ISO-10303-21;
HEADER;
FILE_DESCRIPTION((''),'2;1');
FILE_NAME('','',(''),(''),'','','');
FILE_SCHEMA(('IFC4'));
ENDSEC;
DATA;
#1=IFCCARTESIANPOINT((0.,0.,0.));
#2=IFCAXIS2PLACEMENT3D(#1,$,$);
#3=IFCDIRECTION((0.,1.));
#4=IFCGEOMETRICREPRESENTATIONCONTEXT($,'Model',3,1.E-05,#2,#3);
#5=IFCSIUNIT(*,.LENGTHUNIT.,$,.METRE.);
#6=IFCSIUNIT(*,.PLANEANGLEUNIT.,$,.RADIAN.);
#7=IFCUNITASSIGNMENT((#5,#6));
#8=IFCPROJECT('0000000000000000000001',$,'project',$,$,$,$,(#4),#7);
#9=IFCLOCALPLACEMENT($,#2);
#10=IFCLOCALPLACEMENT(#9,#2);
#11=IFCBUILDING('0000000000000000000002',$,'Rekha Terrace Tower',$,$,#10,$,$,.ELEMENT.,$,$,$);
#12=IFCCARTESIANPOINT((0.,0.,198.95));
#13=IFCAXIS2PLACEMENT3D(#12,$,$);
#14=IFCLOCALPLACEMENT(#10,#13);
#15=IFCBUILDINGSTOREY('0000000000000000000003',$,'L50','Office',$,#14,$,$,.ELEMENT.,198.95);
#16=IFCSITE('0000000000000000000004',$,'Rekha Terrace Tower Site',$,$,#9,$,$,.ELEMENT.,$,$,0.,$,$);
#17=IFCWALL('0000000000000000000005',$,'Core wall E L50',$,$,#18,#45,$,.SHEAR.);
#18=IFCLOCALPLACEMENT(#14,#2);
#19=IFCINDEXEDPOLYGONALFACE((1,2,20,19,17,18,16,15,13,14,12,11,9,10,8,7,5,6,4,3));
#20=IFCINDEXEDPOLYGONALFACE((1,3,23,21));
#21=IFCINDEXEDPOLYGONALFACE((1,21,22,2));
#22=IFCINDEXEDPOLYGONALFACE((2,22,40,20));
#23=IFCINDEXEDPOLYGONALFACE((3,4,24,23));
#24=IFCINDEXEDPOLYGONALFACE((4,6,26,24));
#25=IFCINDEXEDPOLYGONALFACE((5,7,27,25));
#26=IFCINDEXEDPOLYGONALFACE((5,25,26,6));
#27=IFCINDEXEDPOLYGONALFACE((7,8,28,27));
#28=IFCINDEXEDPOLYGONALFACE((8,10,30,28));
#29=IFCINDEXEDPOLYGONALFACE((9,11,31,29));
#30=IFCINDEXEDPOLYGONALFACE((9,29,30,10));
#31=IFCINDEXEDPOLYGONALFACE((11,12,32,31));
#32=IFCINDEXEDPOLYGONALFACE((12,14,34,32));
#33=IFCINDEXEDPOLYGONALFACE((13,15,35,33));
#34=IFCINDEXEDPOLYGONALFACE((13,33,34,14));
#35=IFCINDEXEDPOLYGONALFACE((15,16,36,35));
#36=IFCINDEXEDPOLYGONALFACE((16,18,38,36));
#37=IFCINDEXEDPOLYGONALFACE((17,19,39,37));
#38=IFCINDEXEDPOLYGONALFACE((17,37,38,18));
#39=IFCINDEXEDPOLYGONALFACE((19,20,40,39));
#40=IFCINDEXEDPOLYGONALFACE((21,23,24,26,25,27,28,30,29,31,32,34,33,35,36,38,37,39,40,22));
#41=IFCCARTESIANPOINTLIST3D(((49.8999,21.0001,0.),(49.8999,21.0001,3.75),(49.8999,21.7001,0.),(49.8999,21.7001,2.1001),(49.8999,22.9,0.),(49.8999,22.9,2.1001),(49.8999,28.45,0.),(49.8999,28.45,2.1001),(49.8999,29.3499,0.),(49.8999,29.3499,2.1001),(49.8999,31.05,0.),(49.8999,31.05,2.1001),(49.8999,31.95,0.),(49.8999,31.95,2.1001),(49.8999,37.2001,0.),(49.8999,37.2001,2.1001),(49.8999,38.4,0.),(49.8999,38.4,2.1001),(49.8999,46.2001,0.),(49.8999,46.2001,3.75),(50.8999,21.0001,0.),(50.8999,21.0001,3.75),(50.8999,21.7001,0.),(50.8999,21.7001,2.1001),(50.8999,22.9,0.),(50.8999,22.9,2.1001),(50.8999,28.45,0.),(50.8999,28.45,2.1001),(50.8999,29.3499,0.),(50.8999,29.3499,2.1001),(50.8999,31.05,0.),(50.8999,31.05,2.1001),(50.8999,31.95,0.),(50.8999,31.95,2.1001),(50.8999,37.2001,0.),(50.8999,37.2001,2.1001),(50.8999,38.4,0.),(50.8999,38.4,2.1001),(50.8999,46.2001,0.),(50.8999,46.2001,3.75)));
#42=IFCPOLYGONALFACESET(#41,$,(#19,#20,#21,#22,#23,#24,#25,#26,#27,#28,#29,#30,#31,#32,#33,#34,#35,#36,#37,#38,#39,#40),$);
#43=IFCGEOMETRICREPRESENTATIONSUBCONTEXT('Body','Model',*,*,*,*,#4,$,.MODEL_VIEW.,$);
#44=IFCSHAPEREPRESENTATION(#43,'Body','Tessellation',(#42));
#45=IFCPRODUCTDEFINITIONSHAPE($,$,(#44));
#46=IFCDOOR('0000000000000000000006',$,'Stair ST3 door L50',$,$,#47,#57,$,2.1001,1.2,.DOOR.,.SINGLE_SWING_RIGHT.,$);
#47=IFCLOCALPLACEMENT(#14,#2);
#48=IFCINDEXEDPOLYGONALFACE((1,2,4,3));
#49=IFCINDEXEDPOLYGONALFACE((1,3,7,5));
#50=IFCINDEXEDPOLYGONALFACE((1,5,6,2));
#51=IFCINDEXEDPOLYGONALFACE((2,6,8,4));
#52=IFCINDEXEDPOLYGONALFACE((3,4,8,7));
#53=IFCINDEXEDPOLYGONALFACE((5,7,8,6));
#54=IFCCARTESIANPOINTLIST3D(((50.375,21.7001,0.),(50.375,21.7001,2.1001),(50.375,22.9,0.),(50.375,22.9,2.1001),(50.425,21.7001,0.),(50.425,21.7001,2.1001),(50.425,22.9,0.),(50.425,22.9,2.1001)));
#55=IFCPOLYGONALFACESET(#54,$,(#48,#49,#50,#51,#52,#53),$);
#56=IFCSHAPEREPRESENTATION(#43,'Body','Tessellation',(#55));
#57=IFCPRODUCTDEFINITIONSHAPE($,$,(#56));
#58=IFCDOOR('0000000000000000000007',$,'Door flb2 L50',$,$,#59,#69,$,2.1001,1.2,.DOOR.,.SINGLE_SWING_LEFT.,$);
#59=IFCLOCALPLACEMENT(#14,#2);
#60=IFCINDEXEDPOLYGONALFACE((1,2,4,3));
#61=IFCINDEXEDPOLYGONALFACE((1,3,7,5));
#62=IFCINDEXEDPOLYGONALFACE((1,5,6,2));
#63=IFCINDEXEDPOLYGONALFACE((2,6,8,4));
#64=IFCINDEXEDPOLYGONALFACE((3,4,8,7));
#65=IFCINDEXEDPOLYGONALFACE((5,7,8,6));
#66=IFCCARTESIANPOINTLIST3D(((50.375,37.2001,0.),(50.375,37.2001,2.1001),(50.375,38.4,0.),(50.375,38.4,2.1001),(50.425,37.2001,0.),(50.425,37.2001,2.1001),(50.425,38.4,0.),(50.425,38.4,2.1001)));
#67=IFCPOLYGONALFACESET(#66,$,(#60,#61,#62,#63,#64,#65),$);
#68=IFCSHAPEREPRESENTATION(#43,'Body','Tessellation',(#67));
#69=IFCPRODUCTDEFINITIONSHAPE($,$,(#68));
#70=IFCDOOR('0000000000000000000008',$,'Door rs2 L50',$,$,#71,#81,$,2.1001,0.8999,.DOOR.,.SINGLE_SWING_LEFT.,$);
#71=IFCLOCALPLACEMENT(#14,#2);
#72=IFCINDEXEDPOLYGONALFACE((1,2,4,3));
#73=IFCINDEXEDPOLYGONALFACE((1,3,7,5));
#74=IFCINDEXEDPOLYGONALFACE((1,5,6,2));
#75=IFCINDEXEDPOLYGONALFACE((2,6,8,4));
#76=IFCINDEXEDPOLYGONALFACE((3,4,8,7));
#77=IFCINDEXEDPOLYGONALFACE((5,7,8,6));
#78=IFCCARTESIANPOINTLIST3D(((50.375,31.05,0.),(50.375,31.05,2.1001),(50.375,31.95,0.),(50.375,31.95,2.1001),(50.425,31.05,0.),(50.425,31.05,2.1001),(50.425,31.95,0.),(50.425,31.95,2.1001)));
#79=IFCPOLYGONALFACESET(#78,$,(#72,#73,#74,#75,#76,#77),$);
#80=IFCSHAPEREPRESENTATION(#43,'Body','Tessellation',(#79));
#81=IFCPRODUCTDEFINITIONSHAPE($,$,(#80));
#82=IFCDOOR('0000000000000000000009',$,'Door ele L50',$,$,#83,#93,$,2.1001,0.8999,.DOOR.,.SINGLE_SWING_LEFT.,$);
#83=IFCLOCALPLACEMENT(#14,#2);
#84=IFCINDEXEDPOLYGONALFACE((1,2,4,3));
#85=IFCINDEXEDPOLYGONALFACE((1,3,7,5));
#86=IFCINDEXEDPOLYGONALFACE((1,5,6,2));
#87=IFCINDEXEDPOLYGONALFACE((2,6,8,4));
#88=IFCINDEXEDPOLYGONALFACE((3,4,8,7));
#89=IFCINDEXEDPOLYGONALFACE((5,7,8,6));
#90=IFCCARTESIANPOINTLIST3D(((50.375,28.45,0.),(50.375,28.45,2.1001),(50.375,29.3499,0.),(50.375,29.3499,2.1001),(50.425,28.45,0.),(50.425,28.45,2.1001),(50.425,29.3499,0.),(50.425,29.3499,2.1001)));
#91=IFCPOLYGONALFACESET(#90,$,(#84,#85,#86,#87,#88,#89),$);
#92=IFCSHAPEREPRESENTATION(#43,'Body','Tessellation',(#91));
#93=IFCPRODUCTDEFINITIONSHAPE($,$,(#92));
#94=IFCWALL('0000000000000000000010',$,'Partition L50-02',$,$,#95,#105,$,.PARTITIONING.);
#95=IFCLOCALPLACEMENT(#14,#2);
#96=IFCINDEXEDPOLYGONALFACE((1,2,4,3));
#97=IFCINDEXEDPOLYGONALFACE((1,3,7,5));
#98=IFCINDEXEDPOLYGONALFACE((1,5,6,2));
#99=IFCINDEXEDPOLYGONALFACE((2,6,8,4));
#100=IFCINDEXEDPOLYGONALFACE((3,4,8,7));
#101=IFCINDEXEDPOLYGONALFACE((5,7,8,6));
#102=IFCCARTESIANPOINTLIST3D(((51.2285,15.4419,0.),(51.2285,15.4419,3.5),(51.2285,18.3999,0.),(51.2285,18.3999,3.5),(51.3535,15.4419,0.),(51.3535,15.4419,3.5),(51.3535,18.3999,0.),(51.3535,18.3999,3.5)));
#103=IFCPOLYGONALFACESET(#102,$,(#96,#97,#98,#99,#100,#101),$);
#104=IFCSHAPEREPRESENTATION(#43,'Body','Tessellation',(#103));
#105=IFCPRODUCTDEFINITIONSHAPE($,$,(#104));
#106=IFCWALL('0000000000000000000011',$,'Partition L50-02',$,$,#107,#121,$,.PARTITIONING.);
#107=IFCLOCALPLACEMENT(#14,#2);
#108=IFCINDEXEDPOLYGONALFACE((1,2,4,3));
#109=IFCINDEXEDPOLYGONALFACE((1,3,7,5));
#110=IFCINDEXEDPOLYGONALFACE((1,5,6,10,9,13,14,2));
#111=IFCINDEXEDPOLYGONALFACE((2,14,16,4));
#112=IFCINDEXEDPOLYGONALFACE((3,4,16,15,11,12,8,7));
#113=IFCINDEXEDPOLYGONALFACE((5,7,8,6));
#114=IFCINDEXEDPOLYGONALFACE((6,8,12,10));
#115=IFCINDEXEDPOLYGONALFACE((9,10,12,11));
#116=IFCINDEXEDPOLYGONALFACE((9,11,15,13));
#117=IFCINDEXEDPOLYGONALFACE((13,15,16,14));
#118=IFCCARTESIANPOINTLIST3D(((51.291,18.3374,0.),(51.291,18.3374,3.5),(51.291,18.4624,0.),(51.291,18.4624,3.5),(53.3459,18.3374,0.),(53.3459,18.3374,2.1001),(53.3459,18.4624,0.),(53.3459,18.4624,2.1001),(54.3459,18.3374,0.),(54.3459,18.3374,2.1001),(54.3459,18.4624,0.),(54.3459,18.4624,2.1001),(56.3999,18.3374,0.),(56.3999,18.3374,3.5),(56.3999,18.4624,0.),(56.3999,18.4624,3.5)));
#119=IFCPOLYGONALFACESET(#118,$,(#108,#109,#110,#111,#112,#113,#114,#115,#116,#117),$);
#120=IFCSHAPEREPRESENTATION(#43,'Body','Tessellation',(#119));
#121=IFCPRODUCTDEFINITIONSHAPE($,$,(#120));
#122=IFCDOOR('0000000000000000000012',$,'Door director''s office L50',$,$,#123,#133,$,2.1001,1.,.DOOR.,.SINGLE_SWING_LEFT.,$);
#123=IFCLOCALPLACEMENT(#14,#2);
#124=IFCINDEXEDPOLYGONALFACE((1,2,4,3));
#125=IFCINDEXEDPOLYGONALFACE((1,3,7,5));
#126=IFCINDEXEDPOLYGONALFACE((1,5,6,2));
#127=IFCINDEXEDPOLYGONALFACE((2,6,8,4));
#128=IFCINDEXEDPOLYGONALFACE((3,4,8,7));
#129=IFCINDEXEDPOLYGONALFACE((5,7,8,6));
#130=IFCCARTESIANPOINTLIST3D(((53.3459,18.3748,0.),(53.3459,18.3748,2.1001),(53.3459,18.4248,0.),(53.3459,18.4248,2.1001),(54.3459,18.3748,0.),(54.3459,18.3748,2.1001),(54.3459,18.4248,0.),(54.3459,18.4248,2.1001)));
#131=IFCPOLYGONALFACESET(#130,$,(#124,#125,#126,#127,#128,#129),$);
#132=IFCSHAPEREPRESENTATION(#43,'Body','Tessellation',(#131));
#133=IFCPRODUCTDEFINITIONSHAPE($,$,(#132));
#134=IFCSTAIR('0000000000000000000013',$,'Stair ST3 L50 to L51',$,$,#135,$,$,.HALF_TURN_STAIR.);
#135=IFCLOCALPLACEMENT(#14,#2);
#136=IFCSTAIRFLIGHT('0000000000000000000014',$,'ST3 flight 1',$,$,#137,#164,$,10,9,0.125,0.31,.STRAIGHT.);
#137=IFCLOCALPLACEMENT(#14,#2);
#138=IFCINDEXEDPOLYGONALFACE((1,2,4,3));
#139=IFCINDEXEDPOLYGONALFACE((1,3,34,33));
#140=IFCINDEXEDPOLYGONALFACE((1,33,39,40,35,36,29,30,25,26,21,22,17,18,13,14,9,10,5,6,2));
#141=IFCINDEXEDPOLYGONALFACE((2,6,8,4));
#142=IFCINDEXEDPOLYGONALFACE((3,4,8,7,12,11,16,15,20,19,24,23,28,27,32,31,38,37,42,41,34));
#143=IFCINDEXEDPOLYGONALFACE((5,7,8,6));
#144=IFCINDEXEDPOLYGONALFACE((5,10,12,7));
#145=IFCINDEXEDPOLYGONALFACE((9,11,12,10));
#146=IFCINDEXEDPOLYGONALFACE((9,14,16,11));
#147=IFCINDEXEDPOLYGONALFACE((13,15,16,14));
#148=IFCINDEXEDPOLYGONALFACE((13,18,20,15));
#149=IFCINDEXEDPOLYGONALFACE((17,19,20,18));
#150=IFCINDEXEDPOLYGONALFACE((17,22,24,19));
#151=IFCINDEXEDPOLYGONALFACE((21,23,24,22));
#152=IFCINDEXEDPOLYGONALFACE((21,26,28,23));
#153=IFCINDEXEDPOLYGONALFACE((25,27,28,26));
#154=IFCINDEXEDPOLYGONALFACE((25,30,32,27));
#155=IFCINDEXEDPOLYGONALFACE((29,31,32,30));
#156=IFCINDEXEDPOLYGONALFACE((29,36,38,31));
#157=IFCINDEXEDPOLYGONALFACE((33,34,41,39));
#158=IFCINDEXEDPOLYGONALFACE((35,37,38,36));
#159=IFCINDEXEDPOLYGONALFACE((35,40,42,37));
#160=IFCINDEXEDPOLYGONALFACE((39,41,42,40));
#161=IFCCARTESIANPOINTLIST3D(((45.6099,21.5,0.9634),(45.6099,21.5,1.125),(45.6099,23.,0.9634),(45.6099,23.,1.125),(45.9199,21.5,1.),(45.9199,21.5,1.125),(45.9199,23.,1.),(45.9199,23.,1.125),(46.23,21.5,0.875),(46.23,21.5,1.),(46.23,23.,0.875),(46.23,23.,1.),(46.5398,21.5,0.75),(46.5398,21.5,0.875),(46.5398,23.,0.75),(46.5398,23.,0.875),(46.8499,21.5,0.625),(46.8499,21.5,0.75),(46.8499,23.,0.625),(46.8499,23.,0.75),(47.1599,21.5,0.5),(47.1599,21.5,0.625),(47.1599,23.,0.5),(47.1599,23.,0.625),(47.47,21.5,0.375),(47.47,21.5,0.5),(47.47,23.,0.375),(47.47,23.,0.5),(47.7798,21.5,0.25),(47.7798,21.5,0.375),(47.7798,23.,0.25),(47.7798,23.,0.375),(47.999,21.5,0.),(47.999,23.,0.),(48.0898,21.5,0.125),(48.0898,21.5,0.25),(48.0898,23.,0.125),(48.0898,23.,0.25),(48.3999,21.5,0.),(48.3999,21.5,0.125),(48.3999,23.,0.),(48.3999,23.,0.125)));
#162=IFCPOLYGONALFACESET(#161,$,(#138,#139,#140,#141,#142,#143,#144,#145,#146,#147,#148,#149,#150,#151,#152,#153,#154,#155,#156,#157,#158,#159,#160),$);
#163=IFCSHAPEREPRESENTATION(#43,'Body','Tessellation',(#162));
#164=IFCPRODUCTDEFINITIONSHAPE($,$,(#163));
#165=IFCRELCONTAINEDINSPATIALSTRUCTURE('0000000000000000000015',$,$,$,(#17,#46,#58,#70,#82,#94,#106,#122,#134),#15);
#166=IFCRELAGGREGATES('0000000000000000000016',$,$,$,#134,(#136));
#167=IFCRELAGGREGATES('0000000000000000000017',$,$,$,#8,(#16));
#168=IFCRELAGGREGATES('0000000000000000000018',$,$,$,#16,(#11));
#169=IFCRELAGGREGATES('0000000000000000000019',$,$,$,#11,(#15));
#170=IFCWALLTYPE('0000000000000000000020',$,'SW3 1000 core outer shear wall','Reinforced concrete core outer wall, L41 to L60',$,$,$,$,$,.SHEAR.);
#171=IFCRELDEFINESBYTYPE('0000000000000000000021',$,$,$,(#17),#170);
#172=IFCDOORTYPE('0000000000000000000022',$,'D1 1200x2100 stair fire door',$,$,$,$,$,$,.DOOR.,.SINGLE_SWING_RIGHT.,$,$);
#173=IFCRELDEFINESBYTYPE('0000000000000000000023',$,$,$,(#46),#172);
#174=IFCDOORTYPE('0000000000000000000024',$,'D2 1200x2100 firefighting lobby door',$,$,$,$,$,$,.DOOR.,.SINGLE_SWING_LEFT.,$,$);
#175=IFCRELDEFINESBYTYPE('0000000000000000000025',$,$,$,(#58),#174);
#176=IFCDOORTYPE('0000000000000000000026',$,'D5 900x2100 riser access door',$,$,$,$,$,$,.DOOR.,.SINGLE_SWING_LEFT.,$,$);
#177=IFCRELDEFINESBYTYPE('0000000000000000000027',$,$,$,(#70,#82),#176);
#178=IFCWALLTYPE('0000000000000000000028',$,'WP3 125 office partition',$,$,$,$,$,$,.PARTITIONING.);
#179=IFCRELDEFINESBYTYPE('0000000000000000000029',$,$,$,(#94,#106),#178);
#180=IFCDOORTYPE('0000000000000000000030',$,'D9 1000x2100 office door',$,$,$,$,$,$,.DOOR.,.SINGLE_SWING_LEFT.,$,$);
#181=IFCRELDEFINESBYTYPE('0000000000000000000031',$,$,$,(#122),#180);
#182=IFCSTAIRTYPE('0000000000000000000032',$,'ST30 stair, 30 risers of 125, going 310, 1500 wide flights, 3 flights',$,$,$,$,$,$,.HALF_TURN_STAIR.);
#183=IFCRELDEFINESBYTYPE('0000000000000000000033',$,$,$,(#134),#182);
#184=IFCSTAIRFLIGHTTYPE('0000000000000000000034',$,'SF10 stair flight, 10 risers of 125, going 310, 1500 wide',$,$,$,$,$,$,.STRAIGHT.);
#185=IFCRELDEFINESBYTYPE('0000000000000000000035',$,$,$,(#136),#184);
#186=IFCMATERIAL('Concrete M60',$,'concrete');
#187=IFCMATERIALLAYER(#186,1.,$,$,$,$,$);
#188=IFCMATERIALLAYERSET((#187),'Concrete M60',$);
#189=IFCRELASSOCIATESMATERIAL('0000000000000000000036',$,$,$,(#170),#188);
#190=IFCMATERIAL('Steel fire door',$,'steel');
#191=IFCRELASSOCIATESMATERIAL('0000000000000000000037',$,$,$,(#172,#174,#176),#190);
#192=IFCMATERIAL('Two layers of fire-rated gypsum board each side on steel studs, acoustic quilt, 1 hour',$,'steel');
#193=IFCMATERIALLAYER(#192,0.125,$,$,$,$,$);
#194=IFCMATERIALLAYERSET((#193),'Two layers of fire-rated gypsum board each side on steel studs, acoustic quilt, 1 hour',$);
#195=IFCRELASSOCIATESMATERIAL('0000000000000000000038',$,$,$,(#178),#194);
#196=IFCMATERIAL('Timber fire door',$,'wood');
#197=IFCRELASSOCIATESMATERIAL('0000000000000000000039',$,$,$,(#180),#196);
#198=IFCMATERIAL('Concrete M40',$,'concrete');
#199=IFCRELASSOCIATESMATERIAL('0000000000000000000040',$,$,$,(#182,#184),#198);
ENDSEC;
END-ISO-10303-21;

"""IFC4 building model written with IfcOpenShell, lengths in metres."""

from ifc_helpers import new_model, si_unit, direction, frame, frame_2d, origin, place, context, subcontext, project, spatial, polyline, rectangle, outline, extrude, material, layer, layer_set, type_object, element, fill, aggregate, save


model = new_model("IFC4")

# Units and contexts
model_context = context("Model", 3, precision=1e-05, world=origin(), true_north=direction((0.0, 1.0)))
body_context = subcontext(model_context, "Body", "Model", "MODEL_VIEW")
ifc_project = project(units=[si_unit("LENGTHUNIT", "METRE"), si_unit("PLANEANGLEUNIT", "RADIAN")], contexts=[model_context])

# Site, building, storey
site_placement = place(None, origin())
site = spatial("IfcSite", under=ifc_project, at=site_placement, Name="Rekha Terrace Tower Site", CompositionType="ELEMENT", RefElevation=0.0)
building_placement = place(site_placement, origin())
building = spatial("IfcBuilding", under=site, at=building_placement, Name="Rekha Terrace Tower", CompositionType="ELEMENT")
storey_placement = place(building_placement, frame((0.0, 0.0, 198.95)))
storey = spatial("IfcBuildingStorey", under=building, at=storey_placement, Name="L50", Description="Office", CompositionType="ELEMENT", Elevation=198.95)

# Shared definitions
ifc_material_1 = material(Name="Concrete M60", Category="concrete")

# Wall, openings, doors
ifc_layer_1 = layer(ifc_material_1, 1.0)
ifc_layer_set_1 = layer_set([ifc_layer_1], Name="Concrete M60")
wall_type_1 = type_object("IfcWallType", Name="SW3 1000 core outer shear wall", Description="Reinforced concrete core outer wall, L41 to L60", PredefinedType="SHEAR", material=ifc_layer_set_1)
wall_1_placement = place(storey_placement, frame((50.3999, 21.0, 0.0), z_axis=(0.0, 0.0, 1.0), x_axis=(0.0, 1.0, 0.0)))
wall_1 = element("IfcWall", 1, at=wall_1_placement, inside=storey, type_object=wall_type_1, Name="Core wall E L50", PredefinedType="SHEAR", context=body_context, shape_type="SweptSolid", body=[
    extrude(rectangle(XDim=25.2, YDim=1.0, at=frame_2d((12.6001, 0.0))), origin(), (0.0, 0.0, 1.0), 3.75),
])
opening_1_placement = place(wall_1_placement, frame((16.2, 0.0, 0.0)))
opening_1 = element("IfcOpeningElement", 2, at=opening_1_placement, cuts=wall_1, PredefinedType="OPENING", context=body_context, shape_type="SweptSolid", body=[
    extrude(rectangle(XDim=1.2, YDim=2.1001, at=frame_2d((0.6001, 1.05))), frame((0.0, 0.51, 0.0), z_axis=(0.0, -1.0, 0.0), x_axis=(1.0, 0.0, 0.0)), (0.0, 0.0, 1.0), 1.02),
])
opening_2_placement = place(wall_1_placement, frame((10.05, 0.0, 0.0)))
opening_2 = element("IfcOpeningElement", 3, at=opening_2_placement, cuts=wall_1, PredefinedType="OPENING", context=body_context, shape_type="SweptSolid", body=[
    extrude(rectangle(XDim=0.8999, YDim=2.1001, at=frame_2d((0.45, 1.05))), frame((0.0, 0.51, 0.0), z_axis=(0.0, -1.0, 0.0), x_axis=(1.0, 0.0, 0.0)), (0.0, 0.0, 1.0), 1.02),
])
opening_3_placement = place(wall_1_placement, frame((7.45, 0.0, 0.0)))
opening_3 = element("IfcOpeningElement", 4, at=opening_3_placement, cuts=wall_1, PredefinedType="OPENING", context=body_context, shape_type="SweptSolid", body=[
    extrude(rectangle(XDim=0.8999, YDim=2.1001, at=frame_2d((0.45, 1.05))), frame((0.0, 0.51, 0.0), z_axis=(0.0, -1.0, 0.0), x_axis=(1.0, 0.0, 0.0)), (0.0, 0.0, 1.0), 1.02),
])
opening_4_placement = place(wall_1_placement, frame((0.7, 0.0, 0.0)))
opening_4 = element("IfcOpeningElement", 5, at=opening_4_placement, cuts=wall_1, PredefinedType="OPENING", context=body_context, shape_type="SweptSolid", body=[
    extrude(rectangle(XDim=1.2, YDim=2.1001, at=frame_2d((0.6001, 1.05))), frame((0.0, 0.51, 0.0), z_axis=(0.0, -1.0, 0.0), x_axis=(1.0, 0.0, 0.0)), (0.0, 0.0, 1.0), 1.02),
])
ifc_material_2 = material(Name="Steel fire door", Category="steel")
door_type_1 = type_object("IfcDoorType", Name="D1 1200x2100 stair fire door", OperationType="SINGLE_SWING_RIGHT", PredefinedType="DOOR", material=ifc_material_2)
door_1_placement = place(opening_4_placement, origin())
door_1 = element("IfcDoor", 6, at=door_1_placement, inside=storey, type_object=door_type_1, Name="Stair ST3 door L50", OperationType="SINGLE_SWING_RIGHT", OverallHeight=2.1001, OverallWidth=1.2, PredefinedType="DOOR", context=body_context, shape_type="SweptSolid", body=[
    extrude(rectangle(XDim=1.2, YDim=2.1001, at=frame_2d((0.6001, 1.05))), frame((0.0, 0.0249, 0.0), z_axis=(0.0, -1.0, 0.0), x_axis=(1.0, 0.0, 0.0)), (0.0, 0.0, 1.0), 0.05),
])
fill(opening_4, door_1)
door_type_2 = type_object("IfcDoorType", Name="D2 1200x2100 firefighting lobby door", OperationType="SINGLE_SWING_LEFT", PredefinedType="DOOR", material=ifc_material_2)
door_2_placement = place(opening_1_placement, origin())
door_2 = element("IfcDoor", 7, at=door_2_placement, inside=storey, type_object=door_type_2, Name="Door flb2 L50", OperationType="SINGLE_SWING_LEFT", OverallHeight=2.1001, OverallWidth=1.2, PredefinedType="DOOR", context=body_context, shape_type="SweptSolid", body=[
    extrude(rectangle(XDim=1.2, YDim=2.1001, at=frame_2d((0.6001, 1.05))), frame((0.0, 0.0249, 0.0), z_axis=(0.0, -1.0, 0.0), x_axis=(1.0, 0.0, 0.0)), (0.0, 0.0, 1.0), 0.05),
])
fill(opening_1, door_2)
door_type_3 = type_object("IfcDoorType", Name="D5 900x2100 riser access door", OperationType="SINGLE_SWING_LEFT", PredefinedType="DOOR", material=ifc_material_2)
door_3_placement = place(opening_2_placement, origin())
door_3 = element("IfcDoor", 8, at=door_3_placement, inside=storey, type_object=door_type_3, Name="Door rs2 L50", OperationType="SINGLE_SWING_LEFT", OverallHeight=2.1001, OverallWidth=0.8999, PredefinedType="DOOR", context=body_context, shape_type="SweptSolid", body=[
    extrude(rectangle(XDim=0.8999, YDim=2.1001, at=frame_2d((0.45, 1.05))), frame((0.0, 0.0249, 0.0), z_axis=(0.0, -1.0, 0.0), x_axis=(1.0, 0.0, 0.0)), (0.0, 0.0, 1.0), 0.05),
])
fill(opening_2, door_3)
door_4_placement = place(opening_3_placement, origin())
door_4 = element("IfcDoor", 9, at=door_4_placement, inside=storey, type_object=door_type_3, Name="Door ele L50", OperationType="SINGLE_SWING_LEFT", OverallHeight=2.1001, OverallWidth=0.8999, PredefinedType="DOOR", context=body_context, shape_type="SweptSolid", body=[
    extrude(rectangle(XDim=0.8999, YDim=2.1001, at=frame_2d((0.45, 1.05))), frame((0.0, 0.0249, 0.0), z_axis=(0.0, -1.0, 0.0), x_axis=(1.0, 0.0, 0.0)), (0.0, 0.0, 1.0), 0.05),
])
fill(opening_3, door_4)

# Wall
ifc_material_3 = material(Name="Two layers of fire-rated gypsum board each side on steel studs, acoustic quilt, 1 hour", Category="steel")
ifc_layer_2 = layer(ifc_material_3, 0.125)
ifc_layer_set_2 = layer_set([ifc_layer_2], Name="Two layers of fire-rated gypsum board each side on steel studs, acoustic quilt, 1 hour")
wall_type_2 = type_object("IfcWallType", Name="WP3 125 office partition", PredefinedType="PARTITIONING", material=ifc_layer_set_2)
wall_2_placement = place(storey_placement, frame((51.291, 15.4419, 0.0), z_axis=(0.0, 0.0, 1.0), x_axis=(0.0, 1.0, 0.0)))
element("IfcWall", 10, at=wall_2_placement, inside=storey, type_object=wall_type_2, Name="Partition L50-02", PredefinedType="PARTITIONING", context=body_context, shape_type="SweptSolid", body=[
    extrude(rectangle(XDim=2.958, YDim=0.125, at=frame_2d((1.479, 0.0))), origin(), (0.0, 0.0, 1.0), 3.5),
])

# Wall, opening, door
wall_3_placement = place(storey_placement, frame((51.291, 18.3999, 0.0), z_axis=(0.0, 0.0, 1.0), x_axis=(1.0, 0.0, 0.0)))
wall_3 = element("IfcWall", 11, at=wall_3_placement, inside=storey, type_object=wall_type_2, Name="Partition L50-02", PredefinedType="PARTITIONING", context=body_context, shape_type="SweptSolid", body=[
    extrude(rectangle(XDim=5.1089, YDim=0.125, at=frame_2d((2.5544, 0.0))), origin(), (0.0, 0.0, 1.0), 3.5),
])
opening_5_placement = place(wall_3_placement, frame((2.0549, 0.0, 0.0)))
opening_5 = element("IfcOpeningElement", 12, at=opening_5_placement, cuts=wall_3, PredefinedType="OPENING", context=body_context, shape_type="SweptSolid", body=[
    extrude(rectangle(XDim=1.0, YDim=2.1001, at=frame_2d((0.5, 1.05))), frame((0.0, 0.0725, 0.0), z_axis=(0.0, -1.0, 0.0), x_axis=(1.0, 0.0, 0.0)), (0.0, 0.0, 1.0), 0.145),
])
ifc_material_4 = material(Name="Timber fire door", Category="wood")
door_type_4 = type_object("IfcDoorType", Name="D9 1000x2100 office door", OperationType="SINGLE_SWING_LEFT", PredefinedType="DOOR", material=ifc_material_4)
door_5_placement = place(opening_5_placement, origin())
door_5 = element("IfcDoor", 13, at=door_5_placement, inside=storey, type_object=door_type_4, Name="Door director's office L50", OperationType="SINGLE_SWING_LEFT", OverallHeight=2.1001, OverallWidth=1.0, PredefinedType="DOOR", context=body_context, shape_type="SweptSolid", body=[
    extrude(rectangle(XDim=1.0, YDim=2.1001, at=frame_2d((0.5, 1.05))), frame((0.0, 0.0249, 0.0), z_axis=(0.0, -1.0, 0.0), x_axis=(1.0, 0.0, 0.0)), (0.0, 0.0, 1.0), 0.05),
])
fill(opening_5, door_5)

# Stair, stair flight
ifc_material_5 = material(Name="Concrete M40", Category="concrete")
stair_type = type_object("IfcStairType", Name="ST30 stair, 30 risers of 125, going 310, 1500 wide flights, 3 flights", PredefinedType="HALF_TURN_STAIR", material=ifc_material_5)
stair_placement = place(storey_placement, origin())
stair = element("IfcStair", 14, at=stair_placement, inside=storey, type_object=stair_type, Name="Stair ST3 L50 to L51", PredefinedType="HALF_TURN_STAIR")
stair_flight_type = type_object("IfcStairFlightType", Name="SF10 stair flight, 10 risers of 125, going 310, 1500 wide", PredefinedType="STRAIGHT", material=ifc_material_5)
stair_flight_1_placement = place(storey_placement, frame((48.3999, 22.25, 0.0), z_axis=(0.0, 0.0, 1.0), x_axis=(-1.0, 0.0, 0.0)))
stair_flight_1 = element("IfcStairFlight", 15, at=stair_flight_1_placement, type_object=stair_flight_type, Name="ST3 flight 1", NumberOfRisers=10, NumberOfTreads=9, PredefinedType="STRAIGHT", RiserHeight=0.125, TreadLength=0.31, context=body_context, shape_type="SweptSolid", body=[
    extrude(outline(polyline([(0.0, 0.0), (0.0, 0.125), (0.3101, 0.125), (0.3101, 0.25), (0.6201, 0.25), (0.6201, 0.375), (0.9299, 0.375), (0.9299, 0.5), (1.24, 0.5), (1.24, 0.625), (1.55, 0.625), (1.55, 0.75), (1.8601, 0.75), (1.8601, 0.875), (2.1699, 0.875), (2.1699, 1.0), (2.48, 1.0), (2.48, 1.125), (2.79, 1.125), (2.79, 1.25), (2.79, 0.9634), (0.4009, 0.0), (0.0, 0.0)])), frame((0.0, 0.75, 0.0), z_axis=(0.0, -1.0, 0.0), x_axis=(1.0, 0.0, 0.0)), (0.0, 0.0, 1.0), 1.5),
])
aggregate(stair, [stair_flight_1])

save(model, "model.ifc")
